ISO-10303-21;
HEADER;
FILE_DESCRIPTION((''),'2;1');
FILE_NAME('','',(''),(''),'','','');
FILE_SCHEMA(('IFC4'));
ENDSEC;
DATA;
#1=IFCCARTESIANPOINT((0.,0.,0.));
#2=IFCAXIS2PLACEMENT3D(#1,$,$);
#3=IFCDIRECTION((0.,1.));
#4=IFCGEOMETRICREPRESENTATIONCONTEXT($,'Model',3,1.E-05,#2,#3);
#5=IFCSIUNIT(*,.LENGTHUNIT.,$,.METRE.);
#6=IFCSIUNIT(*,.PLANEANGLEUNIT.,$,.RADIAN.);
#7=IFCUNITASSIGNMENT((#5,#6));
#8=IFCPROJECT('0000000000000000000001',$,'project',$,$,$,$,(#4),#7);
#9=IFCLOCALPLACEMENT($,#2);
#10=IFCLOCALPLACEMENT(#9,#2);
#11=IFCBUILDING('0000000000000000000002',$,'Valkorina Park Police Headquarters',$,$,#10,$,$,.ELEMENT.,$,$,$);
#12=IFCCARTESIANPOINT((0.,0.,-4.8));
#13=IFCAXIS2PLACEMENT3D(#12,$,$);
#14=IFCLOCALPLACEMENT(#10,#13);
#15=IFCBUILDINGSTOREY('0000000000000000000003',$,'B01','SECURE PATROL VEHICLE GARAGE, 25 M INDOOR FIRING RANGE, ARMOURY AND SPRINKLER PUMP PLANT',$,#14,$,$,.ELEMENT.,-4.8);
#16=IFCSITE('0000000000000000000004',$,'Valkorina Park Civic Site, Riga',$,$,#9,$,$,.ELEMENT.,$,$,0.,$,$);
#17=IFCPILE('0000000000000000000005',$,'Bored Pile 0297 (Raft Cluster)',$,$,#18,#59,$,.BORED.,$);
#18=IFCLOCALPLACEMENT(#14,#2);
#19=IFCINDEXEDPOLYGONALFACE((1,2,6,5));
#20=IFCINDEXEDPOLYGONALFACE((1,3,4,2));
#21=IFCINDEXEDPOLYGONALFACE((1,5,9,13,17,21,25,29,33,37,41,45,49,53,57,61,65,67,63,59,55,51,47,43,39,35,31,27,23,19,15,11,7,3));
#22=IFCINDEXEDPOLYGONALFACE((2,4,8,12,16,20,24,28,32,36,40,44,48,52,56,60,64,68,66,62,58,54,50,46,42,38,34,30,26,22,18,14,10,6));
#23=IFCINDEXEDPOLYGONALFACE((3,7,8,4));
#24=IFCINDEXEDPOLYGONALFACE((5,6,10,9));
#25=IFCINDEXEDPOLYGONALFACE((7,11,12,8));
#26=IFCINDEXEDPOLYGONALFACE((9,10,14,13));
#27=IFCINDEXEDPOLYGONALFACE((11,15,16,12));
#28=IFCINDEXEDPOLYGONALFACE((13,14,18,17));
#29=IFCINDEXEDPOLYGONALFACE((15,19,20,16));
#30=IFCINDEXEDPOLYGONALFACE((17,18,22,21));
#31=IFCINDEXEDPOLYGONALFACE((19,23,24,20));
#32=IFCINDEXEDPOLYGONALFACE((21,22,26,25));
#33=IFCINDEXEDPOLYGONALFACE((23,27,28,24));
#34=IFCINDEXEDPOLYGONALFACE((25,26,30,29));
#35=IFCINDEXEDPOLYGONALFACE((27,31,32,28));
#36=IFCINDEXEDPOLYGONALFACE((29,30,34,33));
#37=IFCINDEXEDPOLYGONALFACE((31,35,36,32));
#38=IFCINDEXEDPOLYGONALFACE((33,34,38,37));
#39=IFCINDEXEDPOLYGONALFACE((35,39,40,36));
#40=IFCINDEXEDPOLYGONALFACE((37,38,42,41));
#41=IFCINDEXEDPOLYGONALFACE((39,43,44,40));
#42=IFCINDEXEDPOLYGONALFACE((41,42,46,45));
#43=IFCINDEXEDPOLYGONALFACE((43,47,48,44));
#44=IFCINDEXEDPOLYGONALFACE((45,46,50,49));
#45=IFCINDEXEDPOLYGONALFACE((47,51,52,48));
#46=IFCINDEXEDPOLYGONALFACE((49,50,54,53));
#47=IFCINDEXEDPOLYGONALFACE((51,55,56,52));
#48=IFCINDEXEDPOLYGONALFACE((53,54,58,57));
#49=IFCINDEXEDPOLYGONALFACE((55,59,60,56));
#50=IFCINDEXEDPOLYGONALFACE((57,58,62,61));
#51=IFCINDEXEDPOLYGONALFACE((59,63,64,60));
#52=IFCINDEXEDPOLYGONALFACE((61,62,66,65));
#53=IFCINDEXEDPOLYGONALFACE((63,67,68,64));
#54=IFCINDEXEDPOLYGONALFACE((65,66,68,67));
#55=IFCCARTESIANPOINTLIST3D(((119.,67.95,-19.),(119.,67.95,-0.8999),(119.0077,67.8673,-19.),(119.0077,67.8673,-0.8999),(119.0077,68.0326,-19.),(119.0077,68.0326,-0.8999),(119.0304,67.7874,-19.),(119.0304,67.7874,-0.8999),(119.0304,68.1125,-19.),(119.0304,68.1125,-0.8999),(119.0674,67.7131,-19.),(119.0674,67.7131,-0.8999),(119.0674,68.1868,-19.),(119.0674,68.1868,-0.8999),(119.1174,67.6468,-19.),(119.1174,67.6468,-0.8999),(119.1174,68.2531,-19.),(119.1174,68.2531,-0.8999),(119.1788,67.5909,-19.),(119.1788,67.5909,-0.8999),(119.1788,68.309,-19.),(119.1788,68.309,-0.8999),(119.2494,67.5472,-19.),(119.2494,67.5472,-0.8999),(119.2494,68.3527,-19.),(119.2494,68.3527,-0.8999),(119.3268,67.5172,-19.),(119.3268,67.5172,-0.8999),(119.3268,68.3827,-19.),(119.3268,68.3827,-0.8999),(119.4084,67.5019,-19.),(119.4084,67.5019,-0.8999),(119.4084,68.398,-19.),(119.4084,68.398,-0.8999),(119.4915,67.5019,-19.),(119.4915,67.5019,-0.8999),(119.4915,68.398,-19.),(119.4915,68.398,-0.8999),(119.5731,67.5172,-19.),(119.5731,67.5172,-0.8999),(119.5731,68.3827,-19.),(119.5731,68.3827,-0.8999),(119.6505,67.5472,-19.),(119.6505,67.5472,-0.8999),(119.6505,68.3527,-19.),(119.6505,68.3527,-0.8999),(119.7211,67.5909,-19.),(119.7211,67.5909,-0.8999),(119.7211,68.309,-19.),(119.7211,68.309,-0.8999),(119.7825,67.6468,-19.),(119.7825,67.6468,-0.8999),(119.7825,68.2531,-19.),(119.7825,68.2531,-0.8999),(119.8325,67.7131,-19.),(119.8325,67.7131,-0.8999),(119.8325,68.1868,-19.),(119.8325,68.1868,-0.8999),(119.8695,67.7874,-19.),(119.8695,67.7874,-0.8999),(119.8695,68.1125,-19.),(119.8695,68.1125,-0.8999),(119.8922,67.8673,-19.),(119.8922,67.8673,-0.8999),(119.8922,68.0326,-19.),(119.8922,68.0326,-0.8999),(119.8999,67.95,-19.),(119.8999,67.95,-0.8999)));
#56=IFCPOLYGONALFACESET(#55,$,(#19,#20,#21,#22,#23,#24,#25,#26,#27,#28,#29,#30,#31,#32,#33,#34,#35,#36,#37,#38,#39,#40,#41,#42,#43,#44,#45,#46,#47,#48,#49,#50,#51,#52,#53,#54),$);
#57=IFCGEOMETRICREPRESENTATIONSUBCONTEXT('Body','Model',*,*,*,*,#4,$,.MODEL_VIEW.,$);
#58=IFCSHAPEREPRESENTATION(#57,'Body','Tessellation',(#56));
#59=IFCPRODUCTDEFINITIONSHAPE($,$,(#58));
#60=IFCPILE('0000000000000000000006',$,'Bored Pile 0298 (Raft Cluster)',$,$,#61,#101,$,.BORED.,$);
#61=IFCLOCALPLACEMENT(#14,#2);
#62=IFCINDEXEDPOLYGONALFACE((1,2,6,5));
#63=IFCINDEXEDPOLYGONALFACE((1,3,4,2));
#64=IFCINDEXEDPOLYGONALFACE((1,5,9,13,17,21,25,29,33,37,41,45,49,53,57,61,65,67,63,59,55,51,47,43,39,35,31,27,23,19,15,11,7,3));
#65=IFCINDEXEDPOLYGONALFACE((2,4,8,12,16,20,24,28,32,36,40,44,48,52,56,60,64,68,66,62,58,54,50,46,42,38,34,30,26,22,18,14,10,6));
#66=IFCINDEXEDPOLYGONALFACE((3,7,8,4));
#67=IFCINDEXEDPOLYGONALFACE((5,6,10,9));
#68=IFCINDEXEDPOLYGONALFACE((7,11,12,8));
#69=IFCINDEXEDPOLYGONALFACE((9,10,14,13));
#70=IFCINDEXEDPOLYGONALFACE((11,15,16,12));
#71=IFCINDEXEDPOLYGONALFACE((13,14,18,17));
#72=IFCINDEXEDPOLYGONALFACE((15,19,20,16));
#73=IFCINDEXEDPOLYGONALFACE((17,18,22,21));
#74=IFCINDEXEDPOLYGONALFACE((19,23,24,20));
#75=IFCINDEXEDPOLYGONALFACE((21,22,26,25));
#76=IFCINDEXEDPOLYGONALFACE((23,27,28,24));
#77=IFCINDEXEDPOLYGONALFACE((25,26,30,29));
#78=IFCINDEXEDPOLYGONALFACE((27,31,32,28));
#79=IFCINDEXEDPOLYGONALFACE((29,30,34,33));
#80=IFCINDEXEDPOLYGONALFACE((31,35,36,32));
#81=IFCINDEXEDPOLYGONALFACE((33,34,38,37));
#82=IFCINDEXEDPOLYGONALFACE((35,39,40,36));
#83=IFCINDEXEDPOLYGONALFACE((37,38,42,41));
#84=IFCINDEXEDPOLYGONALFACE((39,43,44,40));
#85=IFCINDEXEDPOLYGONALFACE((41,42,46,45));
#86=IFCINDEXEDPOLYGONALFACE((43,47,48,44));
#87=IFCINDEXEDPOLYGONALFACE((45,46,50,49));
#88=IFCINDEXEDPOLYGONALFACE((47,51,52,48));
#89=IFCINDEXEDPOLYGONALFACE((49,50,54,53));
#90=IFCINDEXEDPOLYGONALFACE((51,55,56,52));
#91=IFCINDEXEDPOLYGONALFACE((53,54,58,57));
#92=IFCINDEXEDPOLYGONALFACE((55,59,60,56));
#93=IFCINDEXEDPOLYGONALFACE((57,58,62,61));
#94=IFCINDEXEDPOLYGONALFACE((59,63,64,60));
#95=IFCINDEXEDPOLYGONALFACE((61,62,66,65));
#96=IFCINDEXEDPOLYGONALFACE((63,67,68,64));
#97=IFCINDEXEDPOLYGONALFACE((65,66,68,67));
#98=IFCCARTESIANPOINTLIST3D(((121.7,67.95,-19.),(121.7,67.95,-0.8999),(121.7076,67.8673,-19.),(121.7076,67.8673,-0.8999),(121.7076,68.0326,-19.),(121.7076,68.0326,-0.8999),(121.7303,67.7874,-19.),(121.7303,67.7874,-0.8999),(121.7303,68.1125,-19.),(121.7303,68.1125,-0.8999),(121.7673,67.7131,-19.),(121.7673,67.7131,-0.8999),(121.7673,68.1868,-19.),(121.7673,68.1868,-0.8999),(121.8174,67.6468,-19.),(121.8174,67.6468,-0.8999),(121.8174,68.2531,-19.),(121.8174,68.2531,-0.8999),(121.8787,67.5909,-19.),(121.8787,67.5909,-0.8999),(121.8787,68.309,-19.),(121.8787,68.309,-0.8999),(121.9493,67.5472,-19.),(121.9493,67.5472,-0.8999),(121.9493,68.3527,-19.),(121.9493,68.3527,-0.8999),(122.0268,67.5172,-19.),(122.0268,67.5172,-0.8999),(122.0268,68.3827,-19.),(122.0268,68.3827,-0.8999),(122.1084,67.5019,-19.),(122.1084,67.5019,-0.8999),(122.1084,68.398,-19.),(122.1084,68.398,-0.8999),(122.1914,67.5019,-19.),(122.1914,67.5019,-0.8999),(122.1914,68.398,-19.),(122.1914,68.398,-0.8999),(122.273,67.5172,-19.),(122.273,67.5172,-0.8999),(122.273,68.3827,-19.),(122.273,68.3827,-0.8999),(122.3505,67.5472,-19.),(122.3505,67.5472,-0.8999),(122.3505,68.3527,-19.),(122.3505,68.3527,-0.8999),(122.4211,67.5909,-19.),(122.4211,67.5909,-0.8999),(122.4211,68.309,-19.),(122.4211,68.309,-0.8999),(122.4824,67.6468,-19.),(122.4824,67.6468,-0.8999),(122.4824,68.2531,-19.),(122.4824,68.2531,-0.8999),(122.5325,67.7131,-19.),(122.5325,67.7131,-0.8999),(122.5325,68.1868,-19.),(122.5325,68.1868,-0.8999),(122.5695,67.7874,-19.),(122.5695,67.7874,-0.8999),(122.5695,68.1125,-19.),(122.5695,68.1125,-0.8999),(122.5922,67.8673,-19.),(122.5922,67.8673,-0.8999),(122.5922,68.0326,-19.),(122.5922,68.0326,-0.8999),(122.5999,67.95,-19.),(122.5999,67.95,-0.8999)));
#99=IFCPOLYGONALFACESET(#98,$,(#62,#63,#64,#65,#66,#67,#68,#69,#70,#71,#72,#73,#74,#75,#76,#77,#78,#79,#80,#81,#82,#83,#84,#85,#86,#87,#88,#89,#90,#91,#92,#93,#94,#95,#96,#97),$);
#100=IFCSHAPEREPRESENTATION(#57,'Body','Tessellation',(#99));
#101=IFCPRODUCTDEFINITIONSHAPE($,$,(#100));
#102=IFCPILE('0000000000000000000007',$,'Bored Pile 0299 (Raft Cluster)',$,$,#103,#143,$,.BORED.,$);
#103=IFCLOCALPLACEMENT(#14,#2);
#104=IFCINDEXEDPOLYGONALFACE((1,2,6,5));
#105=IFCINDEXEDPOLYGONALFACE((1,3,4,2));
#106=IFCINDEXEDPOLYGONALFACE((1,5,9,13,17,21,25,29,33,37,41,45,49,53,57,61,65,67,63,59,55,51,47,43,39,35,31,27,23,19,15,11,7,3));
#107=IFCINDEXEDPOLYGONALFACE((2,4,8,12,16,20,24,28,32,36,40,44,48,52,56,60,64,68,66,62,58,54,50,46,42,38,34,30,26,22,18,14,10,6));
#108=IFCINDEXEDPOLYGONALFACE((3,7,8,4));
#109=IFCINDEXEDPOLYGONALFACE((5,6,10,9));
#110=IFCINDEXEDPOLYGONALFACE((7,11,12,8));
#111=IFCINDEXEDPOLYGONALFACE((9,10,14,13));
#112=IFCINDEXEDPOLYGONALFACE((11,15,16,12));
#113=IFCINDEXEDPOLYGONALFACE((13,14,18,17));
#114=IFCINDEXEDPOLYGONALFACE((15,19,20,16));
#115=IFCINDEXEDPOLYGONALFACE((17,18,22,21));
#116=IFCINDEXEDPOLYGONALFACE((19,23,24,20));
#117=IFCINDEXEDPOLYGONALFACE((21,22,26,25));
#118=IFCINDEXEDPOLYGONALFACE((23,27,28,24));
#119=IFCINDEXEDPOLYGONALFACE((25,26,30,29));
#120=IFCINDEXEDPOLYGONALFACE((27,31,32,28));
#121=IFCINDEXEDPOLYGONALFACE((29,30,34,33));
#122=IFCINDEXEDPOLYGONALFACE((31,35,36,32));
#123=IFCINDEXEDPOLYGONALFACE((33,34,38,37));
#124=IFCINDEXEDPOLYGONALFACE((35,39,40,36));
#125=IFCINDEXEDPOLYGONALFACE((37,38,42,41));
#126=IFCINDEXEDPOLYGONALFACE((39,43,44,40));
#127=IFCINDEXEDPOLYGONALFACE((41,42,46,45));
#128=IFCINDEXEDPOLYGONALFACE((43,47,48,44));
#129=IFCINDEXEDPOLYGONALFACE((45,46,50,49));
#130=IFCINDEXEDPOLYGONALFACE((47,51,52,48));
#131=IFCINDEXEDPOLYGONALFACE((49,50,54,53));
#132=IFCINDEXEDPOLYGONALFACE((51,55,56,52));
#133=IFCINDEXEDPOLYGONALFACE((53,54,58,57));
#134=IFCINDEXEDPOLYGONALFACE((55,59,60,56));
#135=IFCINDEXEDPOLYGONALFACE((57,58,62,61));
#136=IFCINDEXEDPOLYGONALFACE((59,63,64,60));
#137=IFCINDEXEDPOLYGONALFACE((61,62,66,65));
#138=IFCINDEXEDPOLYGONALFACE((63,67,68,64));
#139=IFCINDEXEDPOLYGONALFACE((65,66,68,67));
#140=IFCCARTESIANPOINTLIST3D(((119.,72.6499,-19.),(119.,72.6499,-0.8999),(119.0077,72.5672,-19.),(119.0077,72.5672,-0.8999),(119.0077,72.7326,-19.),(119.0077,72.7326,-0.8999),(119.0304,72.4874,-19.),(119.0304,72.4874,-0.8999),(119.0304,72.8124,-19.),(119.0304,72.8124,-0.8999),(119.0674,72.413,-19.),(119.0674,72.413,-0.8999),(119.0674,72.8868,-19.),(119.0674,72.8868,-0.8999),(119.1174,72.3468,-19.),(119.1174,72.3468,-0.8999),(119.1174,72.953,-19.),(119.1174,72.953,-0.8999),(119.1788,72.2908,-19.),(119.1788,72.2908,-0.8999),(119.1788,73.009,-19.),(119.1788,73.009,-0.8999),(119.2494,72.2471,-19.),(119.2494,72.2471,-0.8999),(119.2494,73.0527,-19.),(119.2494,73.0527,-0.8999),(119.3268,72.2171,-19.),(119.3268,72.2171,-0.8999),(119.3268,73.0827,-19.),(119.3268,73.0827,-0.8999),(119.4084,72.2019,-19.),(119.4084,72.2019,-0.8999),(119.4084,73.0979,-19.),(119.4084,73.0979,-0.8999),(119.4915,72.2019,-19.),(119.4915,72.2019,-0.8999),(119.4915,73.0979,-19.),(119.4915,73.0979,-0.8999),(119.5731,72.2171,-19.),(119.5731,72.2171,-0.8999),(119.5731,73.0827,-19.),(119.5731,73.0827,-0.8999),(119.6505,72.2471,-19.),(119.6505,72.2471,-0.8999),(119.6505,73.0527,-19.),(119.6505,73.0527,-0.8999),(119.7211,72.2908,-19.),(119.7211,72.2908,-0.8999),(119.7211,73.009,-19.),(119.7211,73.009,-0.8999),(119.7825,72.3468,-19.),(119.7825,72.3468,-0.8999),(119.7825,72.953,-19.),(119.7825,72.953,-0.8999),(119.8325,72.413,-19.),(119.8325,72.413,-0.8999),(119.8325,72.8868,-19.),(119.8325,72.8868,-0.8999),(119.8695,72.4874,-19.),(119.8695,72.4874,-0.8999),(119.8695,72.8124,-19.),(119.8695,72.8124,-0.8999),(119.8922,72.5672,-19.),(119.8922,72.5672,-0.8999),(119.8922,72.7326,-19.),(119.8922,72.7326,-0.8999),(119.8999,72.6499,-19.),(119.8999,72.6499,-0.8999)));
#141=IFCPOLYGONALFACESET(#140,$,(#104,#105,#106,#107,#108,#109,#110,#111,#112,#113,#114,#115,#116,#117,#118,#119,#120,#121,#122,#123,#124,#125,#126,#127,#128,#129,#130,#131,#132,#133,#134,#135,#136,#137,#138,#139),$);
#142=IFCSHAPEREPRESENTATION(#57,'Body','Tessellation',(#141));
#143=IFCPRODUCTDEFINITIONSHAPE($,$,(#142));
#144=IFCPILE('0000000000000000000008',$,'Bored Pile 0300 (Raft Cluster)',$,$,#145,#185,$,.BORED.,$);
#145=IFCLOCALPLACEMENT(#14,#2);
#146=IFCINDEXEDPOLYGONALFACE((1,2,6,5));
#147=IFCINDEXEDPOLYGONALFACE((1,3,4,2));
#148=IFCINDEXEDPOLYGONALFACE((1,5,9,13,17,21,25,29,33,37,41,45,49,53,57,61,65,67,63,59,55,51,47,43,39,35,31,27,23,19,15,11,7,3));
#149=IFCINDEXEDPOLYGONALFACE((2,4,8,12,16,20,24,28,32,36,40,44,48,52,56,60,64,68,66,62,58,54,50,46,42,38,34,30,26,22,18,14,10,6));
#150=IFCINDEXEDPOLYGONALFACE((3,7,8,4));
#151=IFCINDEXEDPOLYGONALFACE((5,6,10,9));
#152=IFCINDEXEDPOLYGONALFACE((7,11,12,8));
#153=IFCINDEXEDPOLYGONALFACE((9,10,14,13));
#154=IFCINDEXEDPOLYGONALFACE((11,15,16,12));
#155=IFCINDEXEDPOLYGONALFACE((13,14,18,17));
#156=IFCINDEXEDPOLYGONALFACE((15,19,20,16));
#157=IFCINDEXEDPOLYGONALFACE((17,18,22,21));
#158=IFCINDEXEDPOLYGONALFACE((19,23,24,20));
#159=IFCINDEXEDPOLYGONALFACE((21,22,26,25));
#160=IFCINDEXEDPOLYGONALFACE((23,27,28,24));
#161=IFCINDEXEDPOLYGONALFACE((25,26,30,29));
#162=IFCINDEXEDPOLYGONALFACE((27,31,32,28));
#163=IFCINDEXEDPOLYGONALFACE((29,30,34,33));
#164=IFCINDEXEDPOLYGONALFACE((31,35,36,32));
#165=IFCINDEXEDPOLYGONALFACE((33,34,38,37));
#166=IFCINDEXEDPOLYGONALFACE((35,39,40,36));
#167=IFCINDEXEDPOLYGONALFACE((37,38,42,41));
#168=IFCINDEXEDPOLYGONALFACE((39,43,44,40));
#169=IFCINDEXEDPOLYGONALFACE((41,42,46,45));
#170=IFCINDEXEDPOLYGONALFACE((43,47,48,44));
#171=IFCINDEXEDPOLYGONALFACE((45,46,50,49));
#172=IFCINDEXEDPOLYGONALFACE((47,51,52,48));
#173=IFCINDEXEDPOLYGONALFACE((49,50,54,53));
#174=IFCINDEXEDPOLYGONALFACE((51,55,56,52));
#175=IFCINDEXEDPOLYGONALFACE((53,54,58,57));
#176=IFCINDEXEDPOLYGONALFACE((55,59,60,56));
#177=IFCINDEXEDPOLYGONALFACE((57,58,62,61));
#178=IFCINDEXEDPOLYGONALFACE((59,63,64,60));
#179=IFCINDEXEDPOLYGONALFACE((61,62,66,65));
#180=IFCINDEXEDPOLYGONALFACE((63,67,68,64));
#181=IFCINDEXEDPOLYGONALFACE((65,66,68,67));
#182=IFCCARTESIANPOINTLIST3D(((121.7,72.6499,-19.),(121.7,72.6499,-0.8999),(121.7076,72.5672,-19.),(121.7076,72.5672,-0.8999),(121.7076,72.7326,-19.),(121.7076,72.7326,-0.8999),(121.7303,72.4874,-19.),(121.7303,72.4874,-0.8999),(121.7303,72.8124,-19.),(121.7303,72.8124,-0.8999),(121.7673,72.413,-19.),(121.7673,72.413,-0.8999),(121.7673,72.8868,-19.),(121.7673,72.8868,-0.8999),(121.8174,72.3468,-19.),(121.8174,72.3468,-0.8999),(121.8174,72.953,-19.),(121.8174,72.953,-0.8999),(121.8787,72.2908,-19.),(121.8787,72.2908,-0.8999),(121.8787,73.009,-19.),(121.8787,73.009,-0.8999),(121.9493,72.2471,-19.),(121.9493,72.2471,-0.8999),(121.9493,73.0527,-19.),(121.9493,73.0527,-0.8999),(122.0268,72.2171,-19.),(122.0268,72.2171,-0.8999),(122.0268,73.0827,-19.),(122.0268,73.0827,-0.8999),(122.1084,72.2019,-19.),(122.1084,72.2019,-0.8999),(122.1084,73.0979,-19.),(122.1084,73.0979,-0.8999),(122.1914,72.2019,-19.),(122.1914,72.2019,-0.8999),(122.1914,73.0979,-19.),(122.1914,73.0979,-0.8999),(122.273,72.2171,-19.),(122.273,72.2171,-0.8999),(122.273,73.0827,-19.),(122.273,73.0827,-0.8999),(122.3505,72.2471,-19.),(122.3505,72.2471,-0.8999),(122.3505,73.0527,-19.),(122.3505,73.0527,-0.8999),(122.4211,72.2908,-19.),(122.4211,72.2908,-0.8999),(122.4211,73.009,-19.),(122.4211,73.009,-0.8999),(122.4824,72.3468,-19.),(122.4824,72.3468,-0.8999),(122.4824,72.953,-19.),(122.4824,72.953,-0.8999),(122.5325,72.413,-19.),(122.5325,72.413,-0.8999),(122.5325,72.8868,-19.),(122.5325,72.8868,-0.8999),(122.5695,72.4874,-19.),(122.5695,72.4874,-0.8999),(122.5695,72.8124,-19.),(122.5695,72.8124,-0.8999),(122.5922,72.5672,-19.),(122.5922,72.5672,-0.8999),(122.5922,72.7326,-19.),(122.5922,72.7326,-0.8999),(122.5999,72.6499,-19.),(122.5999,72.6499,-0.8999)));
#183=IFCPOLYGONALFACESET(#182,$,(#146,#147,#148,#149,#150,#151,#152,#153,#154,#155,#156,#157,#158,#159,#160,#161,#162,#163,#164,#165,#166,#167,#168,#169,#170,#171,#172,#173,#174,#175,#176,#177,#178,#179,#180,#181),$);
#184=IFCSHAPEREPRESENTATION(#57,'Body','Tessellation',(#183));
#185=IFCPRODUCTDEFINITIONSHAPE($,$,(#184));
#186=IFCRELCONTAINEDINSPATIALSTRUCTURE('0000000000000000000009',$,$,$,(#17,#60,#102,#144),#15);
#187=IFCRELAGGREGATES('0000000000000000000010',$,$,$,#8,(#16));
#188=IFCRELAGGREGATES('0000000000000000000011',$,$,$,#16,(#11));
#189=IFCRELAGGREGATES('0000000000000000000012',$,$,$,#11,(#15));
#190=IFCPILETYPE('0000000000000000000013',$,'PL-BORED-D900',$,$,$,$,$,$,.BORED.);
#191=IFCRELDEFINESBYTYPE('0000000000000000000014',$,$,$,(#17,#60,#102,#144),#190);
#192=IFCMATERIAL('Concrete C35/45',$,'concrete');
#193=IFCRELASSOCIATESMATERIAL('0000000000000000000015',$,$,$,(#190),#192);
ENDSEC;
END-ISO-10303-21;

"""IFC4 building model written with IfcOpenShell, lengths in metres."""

from ifc_helpers import new_model, si_unit, direction, frame, origin, origin_2d, place, context, subcontext, project, spatial, circle, extrude, material, material_profile, profile_set, type_object, element, save


model = new_model("IFC4")

# Units and contexts
model_context = context("Model", 3, precision=1e-05, world=origin(), true_north=direction((0.0, 1.0)))
body_context = subcontext(model_context, "Body", "Model", "MODEL_VIEW")
ifc_project = project(units=[si_unit("LENGTHUNIT", "METRE"), si_unit("PLANEANGLEUNIT", "RADIAN")], contexts=[model_context])

# Site, building, storey
site_placement = place(None, origin())
site = spatial("IfcSite", under=ifc_project, at=site_placement, Name="Valkorina Park Civic Site, Riga", CompositionType="ELEMENT", RefElevation=0.0)
building_placement = place(site_placement, origin())
building = spatial("IfcBuilding", under=site, at=building_placement, Name="Valkorina Park Police Headquarters", CompositionType="ELEMENT")
storey_placement = place(building_placement, frame((0.0, 0.0, -4.8)))
storey = spatial("IfcBuildingStorey", under=building, at=storey_placement, Name="B01", Description="SECURE PATROL VEHICLE GARAGE, 25 M INDOOR FIRING RANGE, ARMOURY AND SPRINKLER PUMP PLANT", CompositionType="ELEMENT", Elevation=-4.8)

# Piles
ifc_material_1 = material(Name="Concrete C35/45", Category="concrete")
ifc_material_profile_1 = material_profile(ifc_material_1, circle(Radius=0.45, at=origin_2d()), Name="BORED PILE D900")
ifc_profile_set_1 = profile_set([ifc_material_profile_1], Name="Concrete C35/45")
pile_type = type_object("IfcPileType", Name="PL-BORED-D900", PredefinedType="BORED", material=ifc_profile_set_1)
for number, where, z_axis, x_axis, name in (
    (1, (119.45, 67.95, -0.8999), (0.0, 0.0, -1.0), (1.0, 0.0, 0.0), "Bored Pile 0297 (Raft Cluster)"),
    (2, (122.1499, 67.95, -0.8999), (0.0, 0.0, -1.0), (1.0, 0.0, 0.0), "Bored Pile 0298 (Raft Cluster)"),
    (3, (119.45, 72.6499, -0.8999), (0.0, 0.0, -1.0), (1.0, 0.0, 0.0), "Bored Pile 0299 (Raft Cluster)"),
    (4, (122.1499, 72.6499, -0.8999), (0.0, 0.0, -1.0), (1.0, 0.0, 0.0), "Bored Pile 0300 (Raft Cluster)"),
):
    element("IfcPile", number, at=place(storey_placement, frame(where, z_axis=z_axis, x_axis=x_axis)), inside=storey, type_object=pile_type, Name=name, PredefinedType="BORED", context=body_context, shape_type="SweptSolid", body=[
        extrude(circle(Radius=0.45, at=origin_2d()), origin(), (0.0, 0.0, 1.0), 18.1001),
    ])

save(model, "model.ifc")
